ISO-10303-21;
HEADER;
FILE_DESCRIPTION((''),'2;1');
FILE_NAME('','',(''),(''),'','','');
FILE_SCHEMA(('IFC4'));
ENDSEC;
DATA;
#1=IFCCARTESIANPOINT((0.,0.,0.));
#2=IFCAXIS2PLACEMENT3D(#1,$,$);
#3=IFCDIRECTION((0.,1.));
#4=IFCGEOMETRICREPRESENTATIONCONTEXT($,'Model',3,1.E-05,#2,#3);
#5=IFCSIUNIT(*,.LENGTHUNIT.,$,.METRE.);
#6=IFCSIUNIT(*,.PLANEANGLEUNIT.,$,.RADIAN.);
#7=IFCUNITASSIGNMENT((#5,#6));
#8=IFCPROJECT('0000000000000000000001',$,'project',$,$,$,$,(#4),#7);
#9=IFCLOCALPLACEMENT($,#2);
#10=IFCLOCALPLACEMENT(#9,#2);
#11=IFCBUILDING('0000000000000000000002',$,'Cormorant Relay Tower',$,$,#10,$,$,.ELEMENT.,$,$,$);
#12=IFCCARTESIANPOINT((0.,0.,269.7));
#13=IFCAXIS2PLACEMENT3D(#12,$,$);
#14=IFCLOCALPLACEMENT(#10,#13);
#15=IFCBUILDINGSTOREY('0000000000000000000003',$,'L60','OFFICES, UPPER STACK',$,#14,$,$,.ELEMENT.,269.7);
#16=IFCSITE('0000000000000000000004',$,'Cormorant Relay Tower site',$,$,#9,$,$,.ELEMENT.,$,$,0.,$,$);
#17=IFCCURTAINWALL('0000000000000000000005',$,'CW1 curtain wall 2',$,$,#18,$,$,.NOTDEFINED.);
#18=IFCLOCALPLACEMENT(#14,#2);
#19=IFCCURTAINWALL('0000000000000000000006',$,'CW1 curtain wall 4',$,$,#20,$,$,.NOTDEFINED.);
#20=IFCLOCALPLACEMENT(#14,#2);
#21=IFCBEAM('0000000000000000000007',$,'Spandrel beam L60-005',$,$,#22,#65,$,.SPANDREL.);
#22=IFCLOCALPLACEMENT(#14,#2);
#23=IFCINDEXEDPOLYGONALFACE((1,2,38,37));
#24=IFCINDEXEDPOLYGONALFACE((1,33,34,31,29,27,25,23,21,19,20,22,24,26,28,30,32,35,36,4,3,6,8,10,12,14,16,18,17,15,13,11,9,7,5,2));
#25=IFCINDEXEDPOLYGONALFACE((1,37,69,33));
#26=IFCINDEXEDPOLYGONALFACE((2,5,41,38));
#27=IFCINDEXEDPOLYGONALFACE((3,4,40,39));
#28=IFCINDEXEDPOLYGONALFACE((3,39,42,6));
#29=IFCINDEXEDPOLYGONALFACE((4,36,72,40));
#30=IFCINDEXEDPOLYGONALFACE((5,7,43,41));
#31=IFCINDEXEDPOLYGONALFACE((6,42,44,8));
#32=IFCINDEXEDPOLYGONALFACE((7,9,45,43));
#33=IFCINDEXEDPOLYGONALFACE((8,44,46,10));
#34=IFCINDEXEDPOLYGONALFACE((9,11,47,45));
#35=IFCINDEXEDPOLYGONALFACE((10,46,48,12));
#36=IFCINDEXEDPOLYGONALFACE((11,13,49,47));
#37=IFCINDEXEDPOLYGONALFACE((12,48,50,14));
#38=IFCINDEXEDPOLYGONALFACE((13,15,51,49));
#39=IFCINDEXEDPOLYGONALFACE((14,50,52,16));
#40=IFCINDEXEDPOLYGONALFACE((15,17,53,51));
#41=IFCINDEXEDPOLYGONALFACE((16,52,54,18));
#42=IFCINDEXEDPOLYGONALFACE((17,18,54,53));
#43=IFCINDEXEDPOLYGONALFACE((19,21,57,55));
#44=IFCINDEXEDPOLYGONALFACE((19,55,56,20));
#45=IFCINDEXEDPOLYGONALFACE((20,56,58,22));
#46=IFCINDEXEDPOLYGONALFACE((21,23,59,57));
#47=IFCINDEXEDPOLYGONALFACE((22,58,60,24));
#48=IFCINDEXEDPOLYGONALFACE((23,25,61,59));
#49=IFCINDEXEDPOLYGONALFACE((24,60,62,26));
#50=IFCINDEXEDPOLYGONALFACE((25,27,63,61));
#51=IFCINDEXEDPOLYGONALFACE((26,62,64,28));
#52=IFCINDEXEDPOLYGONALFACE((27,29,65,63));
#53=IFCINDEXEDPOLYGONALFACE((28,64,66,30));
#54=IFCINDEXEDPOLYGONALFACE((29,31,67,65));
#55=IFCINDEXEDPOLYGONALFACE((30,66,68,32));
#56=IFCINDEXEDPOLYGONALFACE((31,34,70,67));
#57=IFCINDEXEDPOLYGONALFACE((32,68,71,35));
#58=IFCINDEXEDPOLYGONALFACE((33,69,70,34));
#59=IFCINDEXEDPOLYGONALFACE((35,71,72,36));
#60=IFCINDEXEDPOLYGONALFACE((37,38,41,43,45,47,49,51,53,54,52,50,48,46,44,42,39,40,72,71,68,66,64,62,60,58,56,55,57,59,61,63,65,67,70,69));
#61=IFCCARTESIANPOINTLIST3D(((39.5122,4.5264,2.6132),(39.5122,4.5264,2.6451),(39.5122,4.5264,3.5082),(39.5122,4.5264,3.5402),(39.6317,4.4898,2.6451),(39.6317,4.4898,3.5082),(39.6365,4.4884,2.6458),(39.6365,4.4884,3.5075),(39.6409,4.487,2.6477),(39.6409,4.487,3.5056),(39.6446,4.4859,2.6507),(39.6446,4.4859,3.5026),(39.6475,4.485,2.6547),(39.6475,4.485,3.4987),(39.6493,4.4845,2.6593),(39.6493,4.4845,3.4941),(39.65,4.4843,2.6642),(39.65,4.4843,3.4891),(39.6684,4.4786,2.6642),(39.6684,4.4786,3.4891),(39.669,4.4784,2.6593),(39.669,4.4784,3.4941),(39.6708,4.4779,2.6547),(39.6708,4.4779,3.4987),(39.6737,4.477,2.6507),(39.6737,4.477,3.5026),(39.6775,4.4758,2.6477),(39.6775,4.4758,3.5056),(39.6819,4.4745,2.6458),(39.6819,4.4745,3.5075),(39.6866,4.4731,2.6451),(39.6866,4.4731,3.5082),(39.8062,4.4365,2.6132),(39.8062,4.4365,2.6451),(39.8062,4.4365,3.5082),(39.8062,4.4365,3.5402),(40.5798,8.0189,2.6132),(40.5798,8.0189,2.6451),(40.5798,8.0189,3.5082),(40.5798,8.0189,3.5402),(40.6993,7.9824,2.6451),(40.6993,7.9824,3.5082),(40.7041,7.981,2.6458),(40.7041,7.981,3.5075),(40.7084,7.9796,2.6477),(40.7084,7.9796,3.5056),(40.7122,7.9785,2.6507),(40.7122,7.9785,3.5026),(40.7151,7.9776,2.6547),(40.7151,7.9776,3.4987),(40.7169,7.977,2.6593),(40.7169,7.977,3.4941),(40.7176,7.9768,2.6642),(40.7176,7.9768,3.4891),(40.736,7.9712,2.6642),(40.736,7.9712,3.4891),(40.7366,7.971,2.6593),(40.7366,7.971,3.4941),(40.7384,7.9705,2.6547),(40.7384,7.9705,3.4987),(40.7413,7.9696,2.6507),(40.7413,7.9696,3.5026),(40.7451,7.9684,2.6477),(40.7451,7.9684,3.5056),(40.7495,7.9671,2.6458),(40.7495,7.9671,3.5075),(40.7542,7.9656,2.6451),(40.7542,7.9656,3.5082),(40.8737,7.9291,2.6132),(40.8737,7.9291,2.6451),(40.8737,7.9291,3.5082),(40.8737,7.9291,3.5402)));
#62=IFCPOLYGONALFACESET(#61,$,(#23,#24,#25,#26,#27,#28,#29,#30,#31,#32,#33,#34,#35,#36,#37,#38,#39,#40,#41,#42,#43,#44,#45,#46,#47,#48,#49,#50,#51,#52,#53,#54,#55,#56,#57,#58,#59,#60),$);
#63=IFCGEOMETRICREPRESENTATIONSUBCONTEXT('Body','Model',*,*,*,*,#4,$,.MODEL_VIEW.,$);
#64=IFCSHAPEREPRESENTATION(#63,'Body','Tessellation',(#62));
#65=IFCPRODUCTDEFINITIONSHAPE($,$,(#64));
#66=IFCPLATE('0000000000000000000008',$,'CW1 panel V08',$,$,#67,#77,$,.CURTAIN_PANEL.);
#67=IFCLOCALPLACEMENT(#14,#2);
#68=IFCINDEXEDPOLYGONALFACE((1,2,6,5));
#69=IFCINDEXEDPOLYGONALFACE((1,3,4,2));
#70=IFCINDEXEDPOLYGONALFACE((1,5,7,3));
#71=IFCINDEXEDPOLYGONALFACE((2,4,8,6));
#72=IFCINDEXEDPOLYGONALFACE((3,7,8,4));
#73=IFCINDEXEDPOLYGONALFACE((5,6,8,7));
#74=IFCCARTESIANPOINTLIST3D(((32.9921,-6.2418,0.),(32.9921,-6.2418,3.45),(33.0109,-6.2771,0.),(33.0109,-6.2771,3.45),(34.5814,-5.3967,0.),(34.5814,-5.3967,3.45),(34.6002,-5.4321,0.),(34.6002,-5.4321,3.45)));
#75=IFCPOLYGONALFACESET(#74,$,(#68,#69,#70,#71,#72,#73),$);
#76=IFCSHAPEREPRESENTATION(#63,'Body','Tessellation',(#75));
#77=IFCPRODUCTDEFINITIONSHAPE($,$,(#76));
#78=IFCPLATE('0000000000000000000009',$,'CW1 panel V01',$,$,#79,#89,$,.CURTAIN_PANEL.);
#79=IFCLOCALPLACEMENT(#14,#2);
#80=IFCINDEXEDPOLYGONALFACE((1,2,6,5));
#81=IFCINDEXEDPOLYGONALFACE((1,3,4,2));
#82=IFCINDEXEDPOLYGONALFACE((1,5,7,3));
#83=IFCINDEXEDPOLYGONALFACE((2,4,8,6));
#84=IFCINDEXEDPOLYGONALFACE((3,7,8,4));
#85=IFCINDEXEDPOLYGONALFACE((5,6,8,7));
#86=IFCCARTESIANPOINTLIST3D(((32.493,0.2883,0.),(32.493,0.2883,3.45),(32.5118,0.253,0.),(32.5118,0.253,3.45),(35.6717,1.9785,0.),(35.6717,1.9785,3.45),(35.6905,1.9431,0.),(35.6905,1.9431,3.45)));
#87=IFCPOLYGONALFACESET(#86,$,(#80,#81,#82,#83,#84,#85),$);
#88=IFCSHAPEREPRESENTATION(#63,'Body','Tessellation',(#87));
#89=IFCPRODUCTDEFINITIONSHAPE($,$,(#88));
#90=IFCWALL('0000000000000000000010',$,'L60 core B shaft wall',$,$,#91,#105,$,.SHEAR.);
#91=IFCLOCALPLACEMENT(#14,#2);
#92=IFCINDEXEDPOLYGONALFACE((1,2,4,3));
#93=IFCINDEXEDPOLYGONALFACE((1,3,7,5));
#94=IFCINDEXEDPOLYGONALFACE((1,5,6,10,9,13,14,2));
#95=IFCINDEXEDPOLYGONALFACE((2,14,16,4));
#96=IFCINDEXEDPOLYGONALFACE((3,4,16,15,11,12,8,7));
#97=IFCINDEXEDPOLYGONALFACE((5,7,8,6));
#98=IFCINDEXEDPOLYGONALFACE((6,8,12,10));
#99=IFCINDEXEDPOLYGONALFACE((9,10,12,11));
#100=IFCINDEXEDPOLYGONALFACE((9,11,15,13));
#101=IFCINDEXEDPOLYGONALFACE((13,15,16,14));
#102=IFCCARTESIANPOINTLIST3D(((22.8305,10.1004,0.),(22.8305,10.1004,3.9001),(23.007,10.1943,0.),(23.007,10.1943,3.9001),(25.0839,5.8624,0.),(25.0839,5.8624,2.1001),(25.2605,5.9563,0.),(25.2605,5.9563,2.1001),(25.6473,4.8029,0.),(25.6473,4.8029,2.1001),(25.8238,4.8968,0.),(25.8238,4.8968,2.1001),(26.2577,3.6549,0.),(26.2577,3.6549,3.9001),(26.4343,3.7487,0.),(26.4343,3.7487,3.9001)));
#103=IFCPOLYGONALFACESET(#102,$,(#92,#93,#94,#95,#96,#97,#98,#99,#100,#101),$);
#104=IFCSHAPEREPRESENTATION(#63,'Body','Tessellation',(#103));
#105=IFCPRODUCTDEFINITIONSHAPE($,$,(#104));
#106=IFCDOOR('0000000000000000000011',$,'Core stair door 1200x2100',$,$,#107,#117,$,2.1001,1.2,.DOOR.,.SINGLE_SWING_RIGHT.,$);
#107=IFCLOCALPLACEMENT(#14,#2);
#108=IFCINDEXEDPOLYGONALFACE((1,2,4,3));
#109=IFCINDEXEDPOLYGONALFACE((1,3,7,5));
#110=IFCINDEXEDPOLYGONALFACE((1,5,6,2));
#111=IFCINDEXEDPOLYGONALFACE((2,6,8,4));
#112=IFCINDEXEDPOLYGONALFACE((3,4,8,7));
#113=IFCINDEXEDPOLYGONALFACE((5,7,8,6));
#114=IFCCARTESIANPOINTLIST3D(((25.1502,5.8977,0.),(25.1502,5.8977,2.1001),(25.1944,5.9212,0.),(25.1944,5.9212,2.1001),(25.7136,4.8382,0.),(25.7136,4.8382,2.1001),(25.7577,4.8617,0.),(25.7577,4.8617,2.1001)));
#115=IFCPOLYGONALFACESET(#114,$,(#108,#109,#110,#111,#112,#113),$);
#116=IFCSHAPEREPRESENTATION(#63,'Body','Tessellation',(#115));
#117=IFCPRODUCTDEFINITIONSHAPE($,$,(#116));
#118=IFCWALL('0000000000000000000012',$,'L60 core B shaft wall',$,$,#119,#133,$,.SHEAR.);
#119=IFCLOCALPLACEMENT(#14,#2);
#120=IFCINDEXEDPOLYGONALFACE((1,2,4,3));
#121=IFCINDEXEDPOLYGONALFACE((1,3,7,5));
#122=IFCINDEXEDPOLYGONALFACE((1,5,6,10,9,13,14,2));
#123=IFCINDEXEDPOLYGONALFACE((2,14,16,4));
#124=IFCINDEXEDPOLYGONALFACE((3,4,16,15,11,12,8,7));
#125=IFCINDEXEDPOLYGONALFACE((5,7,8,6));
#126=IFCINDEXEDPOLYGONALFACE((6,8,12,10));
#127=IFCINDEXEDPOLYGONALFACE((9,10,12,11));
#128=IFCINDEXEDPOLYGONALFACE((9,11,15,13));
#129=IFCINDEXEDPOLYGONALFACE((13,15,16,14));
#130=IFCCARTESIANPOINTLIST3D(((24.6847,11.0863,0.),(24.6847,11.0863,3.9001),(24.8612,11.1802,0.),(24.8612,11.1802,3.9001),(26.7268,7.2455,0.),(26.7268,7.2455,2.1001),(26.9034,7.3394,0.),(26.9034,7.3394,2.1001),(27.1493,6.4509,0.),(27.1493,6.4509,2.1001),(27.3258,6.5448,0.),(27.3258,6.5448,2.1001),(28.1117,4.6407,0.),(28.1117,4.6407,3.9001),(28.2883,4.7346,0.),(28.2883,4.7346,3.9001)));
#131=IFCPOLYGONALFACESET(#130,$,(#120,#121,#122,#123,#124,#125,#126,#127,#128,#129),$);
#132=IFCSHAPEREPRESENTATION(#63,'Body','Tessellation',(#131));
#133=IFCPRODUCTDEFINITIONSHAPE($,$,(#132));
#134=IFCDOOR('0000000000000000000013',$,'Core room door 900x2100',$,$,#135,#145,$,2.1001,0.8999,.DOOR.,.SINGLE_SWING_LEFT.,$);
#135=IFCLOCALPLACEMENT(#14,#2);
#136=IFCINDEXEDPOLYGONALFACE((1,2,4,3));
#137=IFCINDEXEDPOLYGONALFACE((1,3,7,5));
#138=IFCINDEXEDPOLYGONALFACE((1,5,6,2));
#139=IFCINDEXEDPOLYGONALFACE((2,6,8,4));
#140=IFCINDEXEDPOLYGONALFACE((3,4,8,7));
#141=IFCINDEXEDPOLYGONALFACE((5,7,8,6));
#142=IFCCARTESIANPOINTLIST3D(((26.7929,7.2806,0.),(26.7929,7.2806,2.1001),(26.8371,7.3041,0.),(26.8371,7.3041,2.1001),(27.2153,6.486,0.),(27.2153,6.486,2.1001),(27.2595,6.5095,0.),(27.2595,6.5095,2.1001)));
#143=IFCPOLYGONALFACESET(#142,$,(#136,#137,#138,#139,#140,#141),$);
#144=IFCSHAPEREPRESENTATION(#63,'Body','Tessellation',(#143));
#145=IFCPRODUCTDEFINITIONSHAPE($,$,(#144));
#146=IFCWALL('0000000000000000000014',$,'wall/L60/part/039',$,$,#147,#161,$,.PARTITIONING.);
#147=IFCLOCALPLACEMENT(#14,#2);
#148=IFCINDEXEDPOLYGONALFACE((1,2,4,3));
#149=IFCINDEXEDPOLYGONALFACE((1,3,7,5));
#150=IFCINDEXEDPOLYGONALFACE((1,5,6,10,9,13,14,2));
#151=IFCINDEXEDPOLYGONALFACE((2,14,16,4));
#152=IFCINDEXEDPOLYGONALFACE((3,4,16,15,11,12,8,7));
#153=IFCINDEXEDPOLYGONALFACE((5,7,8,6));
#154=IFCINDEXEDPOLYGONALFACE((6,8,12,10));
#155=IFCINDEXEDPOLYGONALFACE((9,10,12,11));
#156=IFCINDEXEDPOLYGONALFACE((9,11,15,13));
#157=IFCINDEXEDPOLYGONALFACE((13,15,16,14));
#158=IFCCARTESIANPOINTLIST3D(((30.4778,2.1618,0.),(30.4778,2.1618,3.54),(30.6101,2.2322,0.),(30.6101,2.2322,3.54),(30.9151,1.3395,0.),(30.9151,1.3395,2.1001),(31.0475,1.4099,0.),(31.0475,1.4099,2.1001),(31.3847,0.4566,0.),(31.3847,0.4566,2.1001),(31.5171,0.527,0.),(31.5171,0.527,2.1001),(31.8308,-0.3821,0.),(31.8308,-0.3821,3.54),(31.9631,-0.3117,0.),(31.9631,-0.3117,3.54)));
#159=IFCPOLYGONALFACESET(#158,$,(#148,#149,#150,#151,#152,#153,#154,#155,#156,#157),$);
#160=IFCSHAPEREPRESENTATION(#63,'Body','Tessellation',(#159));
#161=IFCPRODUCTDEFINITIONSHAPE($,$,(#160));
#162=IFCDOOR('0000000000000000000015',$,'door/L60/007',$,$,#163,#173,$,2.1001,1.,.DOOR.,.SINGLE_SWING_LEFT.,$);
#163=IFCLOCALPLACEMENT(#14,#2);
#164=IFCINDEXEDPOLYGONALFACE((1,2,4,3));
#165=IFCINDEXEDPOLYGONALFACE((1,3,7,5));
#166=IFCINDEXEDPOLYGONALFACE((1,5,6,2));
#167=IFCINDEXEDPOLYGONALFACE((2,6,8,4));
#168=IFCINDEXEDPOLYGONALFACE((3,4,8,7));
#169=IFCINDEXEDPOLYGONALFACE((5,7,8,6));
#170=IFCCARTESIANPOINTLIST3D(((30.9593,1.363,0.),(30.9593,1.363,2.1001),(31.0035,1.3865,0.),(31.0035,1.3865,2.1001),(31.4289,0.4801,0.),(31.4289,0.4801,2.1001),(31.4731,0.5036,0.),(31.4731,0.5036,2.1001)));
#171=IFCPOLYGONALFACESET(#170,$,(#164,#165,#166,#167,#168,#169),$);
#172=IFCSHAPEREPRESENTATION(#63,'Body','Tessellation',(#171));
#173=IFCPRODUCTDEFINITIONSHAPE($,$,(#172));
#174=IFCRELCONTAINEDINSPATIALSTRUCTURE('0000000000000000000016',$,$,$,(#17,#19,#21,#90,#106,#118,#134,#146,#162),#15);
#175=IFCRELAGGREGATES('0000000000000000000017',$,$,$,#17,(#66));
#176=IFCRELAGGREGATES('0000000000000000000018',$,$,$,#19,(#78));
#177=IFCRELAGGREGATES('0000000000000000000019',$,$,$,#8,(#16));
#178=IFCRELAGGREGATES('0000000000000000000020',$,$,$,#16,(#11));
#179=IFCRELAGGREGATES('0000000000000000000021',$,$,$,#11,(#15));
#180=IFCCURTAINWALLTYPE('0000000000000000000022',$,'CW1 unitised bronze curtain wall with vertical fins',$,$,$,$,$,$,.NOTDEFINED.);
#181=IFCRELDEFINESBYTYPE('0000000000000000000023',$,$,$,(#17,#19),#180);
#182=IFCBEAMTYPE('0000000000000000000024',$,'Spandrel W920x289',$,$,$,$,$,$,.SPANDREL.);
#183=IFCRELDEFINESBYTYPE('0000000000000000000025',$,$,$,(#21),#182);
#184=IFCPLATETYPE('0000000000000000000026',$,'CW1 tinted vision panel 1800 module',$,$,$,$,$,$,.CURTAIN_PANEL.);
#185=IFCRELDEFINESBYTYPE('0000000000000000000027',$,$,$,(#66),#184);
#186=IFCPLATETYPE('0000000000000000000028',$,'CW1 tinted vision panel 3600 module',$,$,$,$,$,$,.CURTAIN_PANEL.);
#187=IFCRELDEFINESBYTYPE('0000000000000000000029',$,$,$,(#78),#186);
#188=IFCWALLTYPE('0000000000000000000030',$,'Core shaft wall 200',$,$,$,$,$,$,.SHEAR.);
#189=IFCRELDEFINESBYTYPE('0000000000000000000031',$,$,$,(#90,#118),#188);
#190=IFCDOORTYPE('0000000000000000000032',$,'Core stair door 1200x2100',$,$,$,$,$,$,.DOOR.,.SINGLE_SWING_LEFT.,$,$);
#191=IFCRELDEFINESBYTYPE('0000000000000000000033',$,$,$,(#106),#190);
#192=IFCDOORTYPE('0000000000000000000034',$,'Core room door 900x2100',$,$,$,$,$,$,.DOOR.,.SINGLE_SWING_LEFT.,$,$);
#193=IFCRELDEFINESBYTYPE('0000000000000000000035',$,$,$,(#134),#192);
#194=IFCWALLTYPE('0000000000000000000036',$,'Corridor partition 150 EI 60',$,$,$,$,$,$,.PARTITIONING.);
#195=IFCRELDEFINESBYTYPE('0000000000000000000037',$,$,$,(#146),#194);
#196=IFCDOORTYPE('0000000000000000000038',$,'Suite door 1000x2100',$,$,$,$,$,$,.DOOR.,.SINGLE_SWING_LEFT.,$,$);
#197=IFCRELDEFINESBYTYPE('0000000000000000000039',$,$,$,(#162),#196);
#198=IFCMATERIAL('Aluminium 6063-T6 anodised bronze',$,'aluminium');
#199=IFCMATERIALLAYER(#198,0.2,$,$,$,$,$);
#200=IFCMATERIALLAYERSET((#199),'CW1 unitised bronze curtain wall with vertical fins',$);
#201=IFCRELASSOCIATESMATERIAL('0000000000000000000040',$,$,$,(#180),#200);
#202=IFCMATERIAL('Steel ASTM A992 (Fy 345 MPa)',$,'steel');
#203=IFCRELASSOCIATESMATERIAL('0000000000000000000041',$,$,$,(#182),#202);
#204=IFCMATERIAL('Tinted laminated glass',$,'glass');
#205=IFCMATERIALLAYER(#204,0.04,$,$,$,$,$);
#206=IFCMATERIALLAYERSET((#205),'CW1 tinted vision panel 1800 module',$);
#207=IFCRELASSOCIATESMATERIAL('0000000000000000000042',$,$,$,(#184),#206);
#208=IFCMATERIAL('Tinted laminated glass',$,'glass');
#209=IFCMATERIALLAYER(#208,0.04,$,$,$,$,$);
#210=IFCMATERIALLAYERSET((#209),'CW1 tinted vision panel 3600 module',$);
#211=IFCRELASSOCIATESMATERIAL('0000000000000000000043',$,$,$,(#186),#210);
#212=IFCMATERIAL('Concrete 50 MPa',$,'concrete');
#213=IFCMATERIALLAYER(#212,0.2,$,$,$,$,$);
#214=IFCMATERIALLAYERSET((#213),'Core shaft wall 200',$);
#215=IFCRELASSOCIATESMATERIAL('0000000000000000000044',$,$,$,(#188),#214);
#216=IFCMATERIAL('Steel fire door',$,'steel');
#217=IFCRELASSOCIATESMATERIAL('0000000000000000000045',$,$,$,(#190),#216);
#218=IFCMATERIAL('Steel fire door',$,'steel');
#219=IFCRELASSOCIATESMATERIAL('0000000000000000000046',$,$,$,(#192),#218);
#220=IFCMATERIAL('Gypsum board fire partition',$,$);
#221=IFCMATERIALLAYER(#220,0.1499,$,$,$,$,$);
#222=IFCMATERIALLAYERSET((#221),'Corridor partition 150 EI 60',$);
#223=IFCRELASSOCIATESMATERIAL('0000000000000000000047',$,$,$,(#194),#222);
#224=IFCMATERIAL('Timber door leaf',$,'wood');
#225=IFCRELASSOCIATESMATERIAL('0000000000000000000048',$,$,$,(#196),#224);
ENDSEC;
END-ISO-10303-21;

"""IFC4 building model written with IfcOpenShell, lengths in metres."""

from ifc_helpers import new_model, si_unit, direction, frame, frame_2d, origin, origin_2d, place, context, subcontext, project, spatial, rectangle, i_section, extrude, material, layer, layer_set, material_profile, profile_set, type_object, element, fill, aggregate, save


model = new_model("IFC4")

# Units and contexts
model_context = context("Model", 3, precision=1e-05, world=origin(), true_north=direction((0.0, 1.0)))
body_context = subcontext(model_context, "Body", "Model", "MODEL_VIEW")
ifc_project = project(units=[si_unit("LENGTHUNIT", "METRE"), si_unit("PLANEANGLEUNIT", "RADIAN")], contexts=[model_context])

# Site, building, storey
site_placement = place(None, origin())
site = spatial("IfcSite", under=ifc_project, at=site_placement, Name="Cormorant Relay Tower site", CompositionType="ELEMENT", RefElevation=0.0)
building_placement = place(site_placement, origin())
building = spatial("IfcBuilding", under=site, at=building_placement, Name="Cormorant Relay Tower", CompositionType="ELEMENT")
storey_placement = place(building_placement, frame((0.0, 0.0, 269.7)))
storey = spatial("IfcBuildingStorey", under=building, at=storey_placement, Name="L60", Description="OFFICES, UPPER STACK", CompositionType="ELEMENT", Elevation=269.7)

# Curtain wall
ifc_material_1 = material(Name="Aluminium 6063-T6 anodised bronze", Category="aluminium")
ifc_layer_1 = layer(ifc_material_1, 0.2)
ifc_layer_set_1 = layer_set([ifc_layer_1], Name="CW1 unitised bronze curtain wall with vertical fins")
curtain_wall_type = type_object("IfcCurtainWallType", Name="CW1 unitised bronze curtain wall with vertical fins", PredefinedType="NOTDEFINED", material=ifc_layer_set_1)
curtain_wall_1_placement = place(storey_placement, origin())
curtain_wall_1 = element("IfcCurtainWall", 1, at=curtain_wall_1_placement, inside=storey, type_object=curtain_wall_type, Name="CW1 curtain wall 2", PredefinedType="NOTDEFINED")

# Curtain wall
curtain_wall_2_placement = place(storey_placement, origin())
curtain_wall_2 = element("IfcCurtainWall", 2, at=curtain_wall_2_placement, inside=storey, type_object=curtain_wall_type, Name="CW1 curtain wall 4", PredefinedType="NOTDEFINED")

# Beam
ifc_material_2 = material(Name="Steel ASTM A992 (Fy 345 MPa)", Category="steel")
ifc_material_profile_1 = material_profile(ifc_material_2, i_section(OverallWidth=0.3074, OverallDepth=0.927, WebThickness=0.0193, FlangeThickness=0.032, FilletRadius=0.019, at=origin_2d()), Name="W920x289")
ifc_profile_set_1 = profile_set([ifc_material_profile_1], Name="Steel ASTM A992 (Fy 345 MPa)")
beam_type = type_object("IfcBeamType", Name="Spandrel W920x289", PredefinedType="SPANDREL", material=ifc_profile_set_1)
beam_1_placement = place(storey_placement, frame((39.6592, 4.4814, 3.0767), z_axis=(0.292324, 0.956319, 0.0), x_axis=(-0.956319, 0.292324, 0.0)))
element("IfcBeam", 3, at=beam_1_placement, inside=storey, type_object=beam_type, Name="Spandrel beam L60-005", PredefinedType="SPANDREL", context=body_context, shape_type="SweptSolid", body=[
    extrude(i_section(OverallWidth=0.3074, OverallDepth=0.927, WebThickness=0.0193, FlangeThickness=0.032, FilletRadius=0.019, at=origin_2d()), origin(), (0.0, 0.0, 1.0), 3.6521),
])

# Plates
ifc_material_3 = material(Name="Tinted laminated glass", Category="glass")
ifc_layer_2 = layer(ifc_material_3, 0.04)
ifc_layer_set_2 = layer_set([ifc_layer_2], Name="CW1 tinted vision panel 1800 module")
plate_type_1 = type_object("IfcPlateType", Name="CW1 tinted vision panel 1800 module", PredefinedType="CURTAIN_PANEL", material=ifc_layer_set_2)
plate_1_placement = place(storey_placement, frame((33.7961, -5.8369, 0.0), z_axis=(0.0, 0.0, 1.0), x_axis=(0.882948, 0.469472, 0.0)))
plate_1 = element("IfcPlate", 4, at=plate_1_placement, type_object=plate_type_1, Name="CW1 panel V08", PredefinedType="CURTAIN_PANEL", context=body_context, shape_type="SweptSolid", body=[
    extrude(rectangle(XDim=1.8, YDim=0.04, at=origin_2d()), origin(), (0.0, 0.0, 1.0), 3.45),
])
ifc_material_4 = material(Name="Tinted laminated glass", Category="glass")
ifc_layer_3 = layer(ifc_material_4, 0.04)
ifc_layer_set_3 = layer_set([ifc_layer_3], Name="CW1 tinted vision panel 3600 module")
plate_type_2 = type_object("IfcPlateType", Name="CW1 tinted vision panel 3600 module", PredefinedType="CURTAIN_PANEL", material=ifc_layer_set_3)
plate_2_placement = place(storey_placement, frame((34.0918, 1.1157, 0.0), z_axis=(0.0, 0.0, 1.0), x_axis=(0.882948, 0.469472, 0.0)))
plate_2 = element("IfcPlate", 5, at=plate_2_placement, type_object=plate_type_2, Name="CW1 panel V01", PredefinedType="CURTAIN_PANEL", context=body_context, shape_type="SweptSolid", body=[
    extrude(rectangle(XDim=3.6001, YDim=0.04, at=origin_2d()), origin(), (0.0, 0.0, 1.0), 3.45),
])

# Walls, openings, doors
ifc_material_5 = material(Name="Concrete 50 MPa", Category="concrete")
ifc_layer_4 = layer(ifc_material_5, 0.2)
ifc_layer_set_4 = layer_set([ifc_layer_4], Name="Core shaft wall 200")
wall_type_1 = type_object("IfcWallType", Name="Core shaft wall 200", PredefinedType="SHEAR", material=ifc_layer_set_4)
wall_1_placement = place(storey_placement, frame((26.3459, 3.7019, 0.0), z_axis=(0.0, 0.0, 1.0), x_axis=(-0.46948, 0.882943, 0.0)))
wall_1 = element("IfcWall", 6, at=wall_1_placement, inside=storey, type_object=wall_type_1, Name="L60 core B shaft wall", PredefinedType="SHEAR", context=body_context, shape_type="SweptSolid", body=[
    extrude(rectangle(XDim=7.3, YDim=0.2, at=frame_2d((3.6499, 0.0))), origin(), (0.0, 0.0, 1.0), 3.9001),
])
opening_1_placement = place(wall_1_placement, frame((1.3, 0.0, 0.0)))
opening_1 = element("IfcOpeningElement", 7, at=opening_1_placement, cuts=wall_1, PredefinedType="OPENING", context=body_context, shape_type="SweptSolid", body=[
    extrude(rectangle(XDim=1.2, YDim=2.1001, at=frame_2d((0.6001, 1.05))), frame((0.0, 0.1099, 0.0), z_axis=(0.0, -1.0, 0.0), x_axis=(1.0, 0.0, 0.0)), (0.0, 0.0, 1.0), 0.22),
])
ifc_material_6 = material(Name="Steel fire door", Category="steel")
door_type_1 = type_object("IfcDoorType", Name="Core stair door 1200x2100", OperationType="SINGLE_SWING_LEFT", PredefinedType="DOOR", material=ifc_material_6)
door_1_placement = place(opening_1_placement, origin())
door_1 = element("IfcDoor", 8, at=door_1_placement, inside=storey, type_object=door_type_1, Name="Core stair door 1200x2100", OperationType="SINGLE_SWING_RIGHT", OverallHeight=2.1001, OverallWidth=1.2, PredefinedType="DOOR", context=body_context, shape_type="SweptSolid", body=[
    extrude(rectangle(XDim=1.2, YDim=2.1001, at=frame_2d((0.6001, 1.05))), frame((0.0, 0.0249, 0.0), z_axis=(0.0, -1.0, 0.0), x_axis=(1.0, 0.0, 0.0)), (0.0, 0.0, 1.0), 0.05),
])
fill(opening_1, door_1)
wall_2_placement = place(storey_placement, frame((28.2, 4.6877, 0.0), z_axis=(0.0, 0.0, 1.0), x_axis=(-0.469454, 0.882957, 0.0)))
wall_2 = element("IfcWall", 9, at=wall_2_placement, inside=storey, type_object=wall_type_1, Name="L60 core B shaft wall", PredefinedType="SHEAR", context=body_context, shape_type="SweptSolid", body=[
    extrude(rectangle(XDim=7.3, YDim=0.2, at=frame_2d((3.6499, 0.0))), origin(), (0.0, 0.0, 1.0), 3.9001),
])
opening_2_placement = place(wall_2_placement, frame((2.05, 0.0, 0.0)))
opening_2 = element("IfcOpeningElement", 10, at=opening_2_placement, cuts=wall_2, PredefinedType="OPENING", context=body_context, shape_type="SweptSolid", body=[
    extrude(rectangle(XDim=0.8999, YDim=2.1001, at=frame_2d((0.45, 1.05))), frame((0.0, 0.1099, 0.0), z_axis=(0.0, -1.0, 0.0), x_axis=(1.0, 0.0, 0.0)), (0.0, 0.0, 1.0), 0.22),
])
ifc_material_7 = material(Name="Steel fire door", Category="steel")
door_type_2 = type_object("IfcDoorType", Name="Core room door 900x2100", OperationType="SINGLE_SWING_LEFT", PredefinedType="DOOR", material=ifc_material_7)
door_2_placement = place(opening_2_placement, frame((0.8999, 0.0, 0.0), z_axis=(0.0, 0.0, 1.0), x_axis=(-1.0, 0.0, 0.0)))
door_2 = element("IfcDoor", 11, at=door_2_placement, inside=storey, type_object=door_type_2, Name="Core room door 900x2100", OperationType="SINGLE_SWING_LEFT", OverallHeight=2.1001, OverallWidth=0.8999, PredefinedType="DOOR", context=body_context, shape_type="SweptSolid", body=[
    extrude(rectangle(XDim=0.8999, YDim=2.1001, at=frame_2d((0.45, 1.05))), frame((0.0, 0.0249, 0.0), z_axis=(0.0, -1.0, 0.0), x_axis=(1.0, 0.0, 0.0)), (0.0, 0.0, 1.0), 0.05),
])
fill(opening_2, door_2)
ifc_material_8 = material(Name="Gypsum board fire partition")
ifc_layer_5 = layer(ifc_material_8, 0.1499)
ifc_layer_set_5 = layer_set([ifc_layer_5], Name="Corridor partition 150 EI 60")
wall_type_2 = type_object("IfcWallType", Name="Corridor partition 150 EI 60", PredefinedType="PARTITIONING", material=ifc_layer_set_5)
wall_3_placement = place(storey_placement, frame((31.897, -0.3469, 0.0), z_axis=(0.0, 0.0, 1.0), x_axis=(-0.469576, 0.882892, 0.0)))
wall_3 = element("IfcWall", 12, at=wall_3_placement, inside=storey, type_object=wall_type_2, Name="wall/L60/part/039", PredefinedType="PARTITIONING", context=body_context, shape_type="SweptSolid", body=[
    extrude(rectangle(XDim=2.8813, YDim=0.1499, at=frame_2d((1.4407, 0.0))), origin(), (0.0, 0.0, 1.0), 3.54),
])
opening_3_placement = place(wall_3_placement, frame((0.95, 0.0, 0.0)))
opening_3 = element("IfcOpeningElement", 13, at=opening_3_placement, cuts=wall_3, PredefinedType="OPENING", context=body_context, shape_type="SweptSolid", body=[
    extrude(rectangle(XDim=1.0, YDim=2.1001, at=frame_2d((0.5, 1.05))), frame((0.0, 0.085, 0.0), z_axis=(0.0, -1.0, 0.0), x_axis=(1.0, 0.0, 0.0)), (0.0, 0.0, 1.0), 0.1699),
])
ifc_material_9 = material(Name="Timber door leaf", Category="wood")
door_type_3 = type_object("IfcDoorType", Name="Suite door 1000x2100", OperationType="SINGLE_SWING_LEFT", PredefinedType="DOOR", material=ifc_material_9)
door_3_placement = place(opening_3_placement, origin())
door_3 = element("IfcDoor", 14, at=door_3_placement, inside=storey, type_object=door_type_3, Name="door/L60/007", OperationType="SINGLE_SWING_LEFT", OverallHeight=2.1001, OverallWidth=1.0, PredefinedType="DOOR", context=body_context, shape_type="SweptSolid", body=[
    extrude(rectangle(XDim=1.0, YDim=2.1001, at=frame_2d((0.5, 1.05))), frame((0.0, 0.0249, 0.0), z_axis=(0.0, -1.0, 0.0), x_axis=(1.0, 0.0, 0.0)), (0.0, 0.0, 1.0), 0.05),
])
fill(opening_3, door_3)

aggregate(curtain_wall_1, [plate_1])
aggregate(curtain_wall_2, [plate_2])

save(model, "model.ifc")
